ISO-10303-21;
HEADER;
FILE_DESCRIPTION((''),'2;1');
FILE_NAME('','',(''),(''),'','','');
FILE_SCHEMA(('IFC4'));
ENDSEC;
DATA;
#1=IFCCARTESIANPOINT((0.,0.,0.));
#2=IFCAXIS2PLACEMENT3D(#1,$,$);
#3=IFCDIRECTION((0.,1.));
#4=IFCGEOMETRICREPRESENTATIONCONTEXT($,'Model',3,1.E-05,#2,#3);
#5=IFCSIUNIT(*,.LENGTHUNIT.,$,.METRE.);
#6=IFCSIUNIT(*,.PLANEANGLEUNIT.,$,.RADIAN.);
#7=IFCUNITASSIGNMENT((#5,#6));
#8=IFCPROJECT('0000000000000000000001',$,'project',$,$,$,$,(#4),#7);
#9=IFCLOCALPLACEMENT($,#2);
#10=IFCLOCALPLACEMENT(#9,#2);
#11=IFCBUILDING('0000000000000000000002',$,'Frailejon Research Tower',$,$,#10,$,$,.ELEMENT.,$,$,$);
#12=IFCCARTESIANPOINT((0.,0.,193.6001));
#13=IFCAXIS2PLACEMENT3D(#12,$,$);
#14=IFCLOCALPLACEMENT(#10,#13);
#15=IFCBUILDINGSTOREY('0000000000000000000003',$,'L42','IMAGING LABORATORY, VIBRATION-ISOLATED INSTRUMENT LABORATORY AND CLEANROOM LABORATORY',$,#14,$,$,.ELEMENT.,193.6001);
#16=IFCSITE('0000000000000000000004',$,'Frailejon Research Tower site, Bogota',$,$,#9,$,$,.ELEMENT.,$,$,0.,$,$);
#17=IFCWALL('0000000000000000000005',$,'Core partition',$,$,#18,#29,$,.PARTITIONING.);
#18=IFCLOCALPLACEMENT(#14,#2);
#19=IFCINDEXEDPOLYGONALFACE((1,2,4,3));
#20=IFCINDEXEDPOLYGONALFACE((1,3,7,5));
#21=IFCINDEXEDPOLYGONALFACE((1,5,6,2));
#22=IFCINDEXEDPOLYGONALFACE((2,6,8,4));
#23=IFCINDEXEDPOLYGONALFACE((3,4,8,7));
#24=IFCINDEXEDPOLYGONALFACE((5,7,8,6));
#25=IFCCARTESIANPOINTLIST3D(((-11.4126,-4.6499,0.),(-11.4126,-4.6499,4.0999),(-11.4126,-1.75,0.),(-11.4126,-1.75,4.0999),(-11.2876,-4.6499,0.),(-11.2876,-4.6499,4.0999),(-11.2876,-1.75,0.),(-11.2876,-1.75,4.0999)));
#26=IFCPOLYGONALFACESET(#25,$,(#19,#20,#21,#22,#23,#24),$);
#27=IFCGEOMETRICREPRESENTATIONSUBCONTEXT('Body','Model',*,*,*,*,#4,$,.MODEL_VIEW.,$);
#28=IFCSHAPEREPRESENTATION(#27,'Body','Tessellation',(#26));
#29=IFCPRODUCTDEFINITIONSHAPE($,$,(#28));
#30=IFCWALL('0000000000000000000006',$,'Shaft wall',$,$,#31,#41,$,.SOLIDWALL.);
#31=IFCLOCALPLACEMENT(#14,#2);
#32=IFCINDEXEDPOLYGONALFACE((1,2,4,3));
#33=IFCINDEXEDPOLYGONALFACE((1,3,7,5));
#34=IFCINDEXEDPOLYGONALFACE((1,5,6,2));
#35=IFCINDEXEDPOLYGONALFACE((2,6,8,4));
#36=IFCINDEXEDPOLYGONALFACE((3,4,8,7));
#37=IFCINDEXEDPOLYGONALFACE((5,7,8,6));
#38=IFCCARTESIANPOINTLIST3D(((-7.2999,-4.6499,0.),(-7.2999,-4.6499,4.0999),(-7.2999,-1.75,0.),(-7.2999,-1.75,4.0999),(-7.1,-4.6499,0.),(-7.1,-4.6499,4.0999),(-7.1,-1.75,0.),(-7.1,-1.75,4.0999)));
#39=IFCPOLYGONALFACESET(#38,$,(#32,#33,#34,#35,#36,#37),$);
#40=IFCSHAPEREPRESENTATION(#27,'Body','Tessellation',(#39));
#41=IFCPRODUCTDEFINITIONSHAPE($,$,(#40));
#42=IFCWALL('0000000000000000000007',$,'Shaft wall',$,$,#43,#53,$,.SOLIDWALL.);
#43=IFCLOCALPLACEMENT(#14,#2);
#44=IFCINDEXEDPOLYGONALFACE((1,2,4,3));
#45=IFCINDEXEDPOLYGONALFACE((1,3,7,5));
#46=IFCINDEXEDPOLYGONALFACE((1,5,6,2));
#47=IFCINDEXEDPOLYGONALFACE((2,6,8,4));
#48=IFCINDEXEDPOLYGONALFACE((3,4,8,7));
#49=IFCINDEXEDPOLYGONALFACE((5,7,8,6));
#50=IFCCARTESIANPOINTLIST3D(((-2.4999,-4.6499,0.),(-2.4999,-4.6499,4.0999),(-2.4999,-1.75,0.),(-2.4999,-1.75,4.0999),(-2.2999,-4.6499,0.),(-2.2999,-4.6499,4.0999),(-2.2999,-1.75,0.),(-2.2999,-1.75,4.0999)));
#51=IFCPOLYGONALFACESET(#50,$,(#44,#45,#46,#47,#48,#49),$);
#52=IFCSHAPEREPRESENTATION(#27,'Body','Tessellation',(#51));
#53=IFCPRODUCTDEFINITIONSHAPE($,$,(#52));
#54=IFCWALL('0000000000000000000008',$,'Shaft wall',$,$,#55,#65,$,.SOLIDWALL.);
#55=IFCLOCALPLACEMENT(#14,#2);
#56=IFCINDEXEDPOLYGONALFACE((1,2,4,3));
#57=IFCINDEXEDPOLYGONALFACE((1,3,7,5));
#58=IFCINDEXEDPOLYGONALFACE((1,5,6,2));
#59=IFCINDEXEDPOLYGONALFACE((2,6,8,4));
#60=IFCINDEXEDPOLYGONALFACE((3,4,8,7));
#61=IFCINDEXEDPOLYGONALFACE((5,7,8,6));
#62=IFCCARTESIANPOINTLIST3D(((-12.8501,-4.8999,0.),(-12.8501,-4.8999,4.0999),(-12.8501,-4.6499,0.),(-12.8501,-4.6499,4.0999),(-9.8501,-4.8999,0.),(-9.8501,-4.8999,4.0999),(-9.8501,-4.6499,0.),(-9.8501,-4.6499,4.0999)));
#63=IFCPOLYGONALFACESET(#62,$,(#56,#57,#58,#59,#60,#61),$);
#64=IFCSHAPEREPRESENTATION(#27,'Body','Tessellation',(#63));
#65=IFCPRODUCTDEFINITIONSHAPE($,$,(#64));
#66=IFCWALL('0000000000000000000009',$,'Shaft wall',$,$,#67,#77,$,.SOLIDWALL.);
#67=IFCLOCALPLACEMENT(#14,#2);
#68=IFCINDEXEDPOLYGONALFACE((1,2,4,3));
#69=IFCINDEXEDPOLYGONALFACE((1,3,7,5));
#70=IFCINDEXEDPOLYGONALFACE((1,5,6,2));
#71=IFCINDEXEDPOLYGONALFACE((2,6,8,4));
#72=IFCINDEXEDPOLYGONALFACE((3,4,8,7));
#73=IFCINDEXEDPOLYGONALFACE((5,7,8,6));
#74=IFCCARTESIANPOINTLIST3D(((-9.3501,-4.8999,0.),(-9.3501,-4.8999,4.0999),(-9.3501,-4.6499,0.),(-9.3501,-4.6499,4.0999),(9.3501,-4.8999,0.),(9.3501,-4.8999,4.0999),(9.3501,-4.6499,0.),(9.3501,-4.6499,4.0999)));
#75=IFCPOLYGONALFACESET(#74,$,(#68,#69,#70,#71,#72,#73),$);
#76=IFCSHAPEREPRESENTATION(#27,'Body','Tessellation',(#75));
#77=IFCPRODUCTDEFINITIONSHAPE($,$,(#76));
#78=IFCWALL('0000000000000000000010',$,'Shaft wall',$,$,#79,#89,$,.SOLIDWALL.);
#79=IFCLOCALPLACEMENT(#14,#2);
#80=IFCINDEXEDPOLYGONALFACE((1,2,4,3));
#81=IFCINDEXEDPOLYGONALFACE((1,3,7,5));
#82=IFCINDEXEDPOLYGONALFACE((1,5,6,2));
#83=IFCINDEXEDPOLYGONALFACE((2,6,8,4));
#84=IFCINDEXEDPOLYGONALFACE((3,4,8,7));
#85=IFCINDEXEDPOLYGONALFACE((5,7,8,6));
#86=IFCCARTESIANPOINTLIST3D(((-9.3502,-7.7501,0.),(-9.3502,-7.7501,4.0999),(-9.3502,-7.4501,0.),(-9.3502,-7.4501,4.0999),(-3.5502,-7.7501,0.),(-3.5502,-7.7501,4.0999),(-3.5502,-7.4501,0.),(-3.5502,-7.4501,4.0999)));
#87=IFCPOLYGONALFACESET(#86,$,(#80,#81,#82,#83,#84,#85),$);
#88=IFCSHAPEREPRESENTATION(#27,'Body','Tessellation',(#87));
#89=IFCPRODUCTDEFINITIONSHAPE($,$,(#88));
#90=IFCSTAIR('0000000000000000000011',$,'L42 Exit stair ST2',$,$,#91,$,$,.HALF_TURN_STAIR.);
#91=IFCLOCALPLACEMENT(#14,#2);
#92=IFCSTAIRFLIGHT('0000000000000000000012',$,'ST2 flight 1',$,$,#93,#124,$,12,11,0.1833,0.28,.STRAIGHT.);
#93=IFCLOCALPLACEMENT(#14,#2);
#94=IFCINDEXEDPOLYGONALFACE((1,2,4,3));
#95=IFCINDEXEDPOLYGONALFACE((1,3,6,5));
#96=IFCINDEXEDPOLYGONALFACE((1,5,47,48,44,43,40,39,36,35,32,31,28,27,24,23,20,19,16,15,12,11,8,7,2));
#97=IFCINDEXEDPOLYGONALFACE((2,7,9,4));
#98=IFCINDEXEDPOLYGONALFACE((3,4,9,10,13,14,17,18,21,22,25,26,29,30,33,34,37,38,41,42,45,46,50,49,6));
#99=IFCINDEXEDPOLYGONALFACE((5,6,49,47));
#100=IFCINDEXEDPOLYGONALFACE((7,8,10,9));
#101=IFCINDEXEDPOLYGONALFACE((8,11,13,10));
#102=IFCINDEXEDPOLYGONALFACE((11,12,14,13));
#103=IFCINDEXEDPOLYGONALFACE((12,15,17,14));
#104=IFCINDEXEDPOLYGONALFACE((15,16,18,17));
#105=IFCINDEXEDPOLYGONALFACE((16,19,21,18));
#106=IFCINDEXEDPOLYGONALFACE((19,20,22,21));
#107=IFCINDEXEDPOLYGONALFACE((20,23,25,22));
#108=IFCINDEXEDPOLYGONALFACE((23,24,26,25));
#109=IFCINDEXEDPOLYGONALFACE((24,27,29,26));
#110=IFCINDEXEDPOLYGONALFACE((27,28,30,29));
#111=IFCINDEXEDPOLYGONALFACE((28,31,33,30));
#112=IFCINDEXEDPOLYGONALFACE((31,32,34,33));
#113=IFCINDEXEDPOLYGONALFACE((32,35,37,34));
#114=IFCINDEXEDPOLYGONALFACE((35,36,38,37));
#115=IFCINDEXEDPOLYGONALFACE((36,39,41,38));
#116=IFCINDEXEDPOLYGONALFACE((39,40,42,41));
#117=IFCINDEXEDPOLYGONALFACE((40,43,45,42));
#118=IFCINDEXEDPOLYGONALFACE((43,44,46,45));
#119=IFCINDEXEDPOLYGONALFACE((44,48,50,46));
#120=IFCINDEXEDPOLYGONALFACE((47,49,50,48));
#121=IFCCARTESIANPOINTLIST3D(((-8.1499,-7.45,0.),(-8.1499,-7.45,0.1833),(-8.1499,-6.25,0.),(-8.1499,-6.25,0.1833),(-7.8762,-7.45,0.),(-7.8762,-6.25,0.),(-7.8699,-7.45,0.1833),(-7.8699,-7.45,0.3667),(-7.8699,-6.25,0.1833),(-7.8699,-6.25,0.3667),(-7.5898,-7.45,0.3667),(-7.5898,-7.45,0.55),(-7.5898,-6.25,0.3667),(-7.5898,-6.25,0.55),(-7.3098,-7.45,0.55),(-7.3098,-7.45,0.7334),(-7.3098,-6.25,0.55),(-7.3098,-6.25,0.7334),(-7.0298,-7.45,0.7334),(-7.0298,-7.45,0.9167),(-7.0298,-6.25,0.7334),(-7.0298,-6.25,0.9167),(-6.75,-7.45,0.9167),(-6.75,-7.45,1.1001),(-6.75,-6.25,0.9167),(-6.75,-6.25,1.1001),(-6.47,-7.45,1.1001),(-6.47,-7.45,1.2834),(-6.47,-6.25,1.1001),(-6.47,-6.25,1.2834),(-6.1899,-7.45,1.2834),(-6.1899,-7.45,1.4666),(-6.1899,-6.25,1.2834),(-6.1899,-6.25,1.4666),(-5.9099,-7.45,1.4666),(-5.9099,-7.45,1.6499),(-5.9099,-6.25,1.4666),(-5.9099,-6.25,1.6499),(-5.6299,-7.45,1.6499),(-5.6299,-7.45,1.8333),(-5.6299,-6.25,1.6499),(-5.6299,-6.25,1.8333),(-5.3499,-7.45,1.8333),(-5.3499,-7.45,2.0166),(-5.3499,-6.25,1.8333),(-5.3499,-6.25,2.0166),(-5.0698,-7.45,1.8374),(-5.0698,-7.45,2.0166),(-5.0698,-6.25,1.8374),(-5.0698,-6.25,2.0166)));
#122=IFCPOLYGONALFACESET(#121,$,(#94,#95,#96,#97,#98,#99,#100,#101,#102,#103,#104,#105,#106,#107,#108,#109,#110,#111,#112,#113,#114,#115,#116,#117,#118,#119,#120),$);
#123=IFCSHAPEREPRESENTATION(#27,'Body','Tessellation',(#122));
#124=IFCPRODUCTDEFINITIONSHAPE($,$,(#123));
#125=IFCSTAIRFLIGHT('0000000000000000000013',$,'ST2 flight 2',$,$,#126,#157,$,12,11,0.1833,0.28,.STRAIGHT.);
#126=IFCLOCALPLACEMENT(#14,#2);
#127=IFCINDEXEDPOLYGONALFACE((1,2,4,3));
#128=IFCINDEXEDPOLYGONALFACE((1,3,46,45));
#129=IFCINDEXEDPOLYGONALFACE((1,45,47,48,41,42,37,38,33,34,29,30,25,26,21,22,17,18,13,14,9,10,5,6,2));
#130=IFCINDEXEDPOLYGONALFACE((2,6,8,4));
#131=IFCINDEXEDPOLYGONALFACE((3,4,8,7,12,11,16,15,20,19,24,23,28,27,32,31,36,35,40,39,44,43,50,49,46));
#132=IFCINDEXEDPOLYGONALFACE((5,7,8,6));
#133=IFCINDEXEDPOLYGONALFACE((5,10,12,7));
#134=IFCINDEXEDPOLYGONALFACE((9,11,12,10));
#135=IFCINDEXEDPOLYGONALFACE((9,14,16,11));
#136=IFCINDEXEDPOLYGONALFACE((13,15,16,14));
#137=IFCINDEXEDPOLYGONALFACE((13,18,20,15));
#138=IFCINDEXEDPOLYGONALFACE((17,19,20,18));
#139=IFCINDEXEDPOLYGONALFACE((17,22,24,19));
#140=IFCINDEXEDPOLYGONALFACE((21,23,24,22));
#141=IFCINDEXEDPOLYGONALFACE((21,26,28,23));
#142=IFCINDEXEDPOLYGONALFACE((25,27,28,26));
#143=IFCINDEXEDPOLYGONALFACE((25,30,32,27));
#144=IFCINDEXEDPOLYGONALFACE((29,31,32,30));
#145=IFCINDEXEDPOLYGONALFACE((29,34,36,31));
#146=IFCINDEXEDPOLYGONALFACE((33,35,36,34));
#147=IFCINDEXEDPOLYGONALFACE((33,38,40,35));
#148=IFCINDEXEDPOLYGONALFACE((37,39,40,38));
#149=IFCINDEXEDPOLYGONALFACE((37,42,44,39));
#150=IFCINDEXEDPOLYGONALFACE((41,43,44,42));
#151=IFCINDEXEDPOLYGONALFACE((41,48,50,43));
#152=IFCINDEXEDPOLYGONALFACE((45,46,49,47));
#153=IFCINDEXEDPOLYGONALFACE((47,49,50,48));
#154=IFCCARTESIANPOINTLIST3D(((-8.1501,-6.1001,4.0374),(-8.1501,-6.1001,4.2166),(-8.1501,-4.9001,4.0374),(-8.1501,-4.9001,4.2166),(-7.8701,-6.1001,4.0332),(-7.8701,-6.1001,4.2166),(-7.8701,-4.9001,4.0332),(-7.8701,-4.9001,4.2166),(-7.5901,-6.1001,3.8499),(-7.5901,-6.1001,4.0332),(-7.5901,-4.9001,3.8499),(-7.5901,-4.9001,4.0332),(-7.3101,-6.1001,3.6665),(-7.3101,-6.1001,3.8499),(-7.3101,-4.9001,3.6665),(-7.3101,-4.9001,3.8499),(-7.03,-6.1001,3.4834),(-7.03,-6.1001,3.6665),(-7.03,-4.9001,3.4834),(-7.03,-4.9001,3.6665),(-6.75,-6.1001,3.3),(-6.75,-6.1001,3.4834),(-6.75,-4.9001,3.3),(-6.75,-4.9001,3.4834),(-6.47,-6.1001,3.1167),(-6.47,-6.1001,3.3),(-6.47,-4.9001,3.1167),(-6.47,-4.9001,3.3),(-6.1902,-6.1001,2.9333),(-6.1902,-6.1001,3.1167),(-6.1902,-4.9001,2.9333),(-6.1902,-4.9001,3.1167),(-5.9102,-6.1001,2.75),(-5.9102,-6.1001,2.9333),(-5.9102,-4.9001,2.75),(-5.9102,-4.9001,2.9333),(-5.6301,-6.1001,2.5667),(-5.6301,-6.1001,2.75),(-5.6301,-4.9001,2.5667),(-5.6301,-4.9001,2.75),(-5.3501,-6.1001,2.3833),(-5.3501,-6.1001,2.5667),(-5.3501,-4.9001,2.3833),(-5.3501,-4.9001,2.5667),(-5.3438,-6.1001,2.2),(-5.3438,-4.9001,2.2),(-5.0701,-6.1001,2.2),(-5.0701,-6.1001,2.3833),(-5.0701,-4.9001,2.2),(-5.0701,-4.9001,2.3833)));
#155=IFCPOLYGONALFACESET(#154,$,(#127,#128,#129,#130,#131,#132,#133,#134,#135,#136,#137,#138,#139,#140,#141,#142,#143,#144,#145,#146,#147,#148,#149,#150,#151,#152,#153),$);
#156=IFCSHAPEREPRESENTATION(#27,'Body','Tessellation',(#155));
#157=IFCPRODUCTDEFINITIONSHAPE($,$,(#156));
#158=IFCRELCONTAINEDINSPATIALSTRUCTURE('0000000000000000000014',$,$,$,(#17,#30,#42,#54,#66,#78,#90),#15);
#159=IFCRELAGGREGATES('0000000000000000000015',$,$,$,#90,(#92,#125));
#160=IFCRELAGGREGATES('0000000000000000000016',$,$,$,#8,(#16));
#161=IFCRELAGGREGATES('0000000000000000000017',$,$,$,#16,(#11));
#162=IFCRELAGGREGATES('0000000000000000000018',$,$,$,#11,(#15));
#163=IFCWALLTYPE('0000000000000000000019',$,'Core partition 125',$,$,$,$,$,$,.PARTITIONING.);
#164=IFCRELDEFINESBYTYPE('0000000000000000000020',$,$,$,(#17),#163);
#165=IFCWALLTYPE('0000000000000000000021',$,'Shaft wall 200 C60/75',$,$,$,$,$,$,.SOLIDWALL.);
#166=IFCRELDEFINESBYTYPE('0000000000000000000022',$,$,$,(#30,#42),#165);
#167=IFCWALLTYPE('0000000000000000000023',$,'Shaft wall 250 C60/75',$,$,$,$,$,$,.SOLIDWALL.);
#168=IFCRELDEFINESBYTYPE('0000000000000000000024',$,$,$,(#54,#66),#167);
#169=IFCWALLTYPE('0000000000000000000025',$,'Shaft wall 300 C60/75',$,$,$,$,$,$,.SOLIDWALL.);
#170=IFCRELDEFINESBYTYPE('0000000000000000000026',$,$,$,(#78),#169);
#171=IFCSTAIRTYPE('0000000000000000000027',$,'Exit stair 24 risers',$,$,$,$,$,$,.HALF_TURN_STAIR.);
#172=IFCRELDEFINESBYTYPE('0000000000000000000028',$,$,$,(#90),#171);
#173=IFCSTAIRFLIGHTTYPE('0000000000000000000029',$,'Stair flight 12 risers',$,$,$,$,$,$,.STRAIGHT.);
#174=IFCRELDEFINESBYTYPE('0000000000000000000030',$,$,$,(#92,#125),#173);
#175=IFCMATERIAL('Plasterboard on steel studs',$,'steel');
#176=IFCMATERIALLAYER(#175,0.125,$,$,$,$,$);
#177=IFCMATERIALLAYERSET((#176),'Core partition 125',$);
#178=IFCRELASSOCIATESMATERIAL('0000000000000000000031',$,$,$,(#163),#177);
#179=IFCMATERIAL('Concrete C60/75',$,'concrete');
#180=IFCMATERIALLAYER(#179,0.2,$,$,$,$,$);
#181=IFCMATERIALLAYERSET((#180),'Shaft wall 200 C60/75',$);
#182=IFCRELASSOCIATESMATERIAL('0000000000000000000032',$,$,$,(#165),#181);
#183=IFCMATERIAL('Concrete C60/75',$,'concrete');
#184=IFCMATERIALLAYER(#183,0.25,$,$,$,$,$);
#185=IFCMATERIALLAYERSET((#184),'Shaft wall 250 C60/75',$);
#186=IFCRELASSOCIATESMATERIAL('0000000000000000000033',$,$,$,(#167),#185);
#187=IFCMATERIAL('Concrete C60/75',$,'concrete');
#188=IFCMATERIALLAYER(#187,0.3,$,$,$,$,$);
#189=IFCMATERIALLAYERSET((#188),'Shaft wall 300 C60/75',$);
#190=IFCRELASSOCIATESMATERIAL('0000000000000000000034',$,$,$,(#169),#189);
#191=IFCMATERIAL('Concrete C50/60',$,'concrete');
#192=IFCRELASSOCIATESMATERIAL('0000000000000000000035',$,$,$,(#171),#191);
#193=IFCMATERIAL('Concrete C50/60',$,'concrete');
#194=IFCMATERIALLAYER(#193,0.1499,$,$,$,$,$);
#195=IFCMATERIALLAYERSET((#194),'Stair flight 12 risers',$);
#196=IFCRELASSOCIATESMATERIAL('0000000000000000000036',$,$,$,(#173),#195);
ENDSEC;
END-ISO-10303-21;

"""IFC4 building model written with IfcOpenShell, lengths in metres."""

from ifc_helpers import new_model, si_unit, direction, frame, frame_2d, origin, place, context, subcontext, project, spatial, polyline, rectangle, outline, extrude, material, layer, layer_set, type_object, element, aggregate, save


model = new_model("IFC4")

# Units and contexts
model_context = context("Model", 3, precision=1e-05, world=origin(), true_north=direction((0.0, 1.0)))
body_context = subcontext(model_context, "Body", "Model", "MODEL_VIEW")
ifc_project = project(units=[si_unit("LENGTHUNIT", "METRE"), si_unit("PLANEANGLEUNIT", "RADIAN")], contexts=[model_context])

# Site, building, storey
site_placement = place(None, origin())
site = spatial("IfcSite", under=ifc_project, at=site_placement, Name="Frailejon Research Tower site, Bogota", CompositionType="ELEMENT", RefElevation=0.0)
building_placement = place(site_placement, origin())
building = spatial("IfcBuilding", under=site, at=building_placement, Name="Frailejon Research Tower", CompositionType="ELEMENT")
storey_placement = place(building_placement, frame((0.0, 0.0, 193.6001)))
storey = spatial("IfcBuildingStorey", under=building, at=storey_placement, Name="L42", Description="IMAGING LABORATORY, VIBRATION-ISOLATED INSTRUMENT LABORATORY AND CLEANROOM LABORATORY", CompositionType="ELEMENT", Elevation=193.6001)

# Walls
ifc_material_1 = material(Name="Plasterboard on steel studs", Category="steel")
ifc_layer_1 = layer(ifc_material_1, 0.125)
ifc_layer_set_1 = layer_set([ifc_layer_1], Name="Core partition 125")
wall_type_1 = type_object("IfcWallType", Name="Core partition 125", PredefinedType="PARTITIONING", material=ifc_layer_set_1)
wall_1_placement = place(storey_placement, frame((-11.3501, -4.6499, 0.0), z_axis=(0.0, 0.0, 1.0), x_axis=(0.0, 1.0, 0.0)))
element("IfcWall", 1, at=wall_1_placement, inside=storey, type_object=wall_type_1, Name="Core partition", PredefinedType="PARTITIONING", context=body_context, shape_type="SweptSolid", body=[
    extrude(rectangle(XDim=2.8999, YDim=0.125, at=frame_2d((1.45, 0.0))), origin(), (0.0, 0.0, 1.0), 4.0999),
])
ifc_material_2 = material(Name="Concrete C60/75", Category="concrete")
ifc_layer_2 = layer(ifc_material_2, 0.2)
ifc_layer_set_2 = layer_set([ifc_layer_2], Name="Shaft wall 200 C60/75")
wall_type_2 = type_object("IfcWallType", Name="Shaft wall 200 C60/75", PredefinedType="SOLIDWALL", material=ifc_layer_set_2)
for number, where, z_axis, x_axis, name in (
    (2, (-7.2, -4.6499, 0.0), (0.0, 0.0, 1.0), (0.0, 1.0, 0.0), "Shaft wall"),
    (3, (-2.3999, -4.6499, 0.0), (0.0, 0.0, 1.0), (0.0, 1.0, 0.0), "Shaft wall"),
):
    element("IfcWall", number, at=place(storey_placement, frame(where, z_axis=z_axis, x_axis=x_axis)), inside=storey, type_object=wall_type_2, Name=name, PredefinedType="SOLIDWALL", context=body_context, shape_type="SweptSolid", body=[
        extrude(rectangle(XDim=2.8999, YDim=0.2, at=frame_2d((1.45, 0.0))), origin(), (0.0, 0.0, 1.0), 4.0999),
    ])
ifc_material_3 = material(Name="Concrete C60/75", Category="concrete")
ifc_layer_3 = layer(ifc_material_3, 0.25)
ifc_layer_set_3 = layer_set([ifc_layer_3], Name="Shaft wall 250 C60/75")
wall_type_3 = type_object("IfcWallType", Name="Shaft wall 250 C60/75", PredefinedType="SOLIDWALL", material=ifc_layer_set_3)
wall_2_placement = place(storey_placement, frame((-12.8501, -4.7749, 0.0), z_axis=(0.0, 0.0, 1.0), x_axis=(1.0, 0.0, 0.0)))
element("IfcWall", 4, at=wall_2_placement, inside=storey, type_object=wall_type_3, Name="Shaft wall", PredefinedType="SOLIDWALL", context=body_context, shape_type="SweptSolid", body=[
    extrude(rectangle(XDim=3.0, YDim=0.25, at=frame_2d((1.5, 0.0))), origin(), (0.0, 0.0, 1.0), 4.0999),
])
wall_3_placement = place(storey_placement, frame((-9.3501, -4.7749, 0.0), z_axis=(0.0, 0.0, 1.0), x_axis=(1.0, 0.0, 0.0)))
element("IfcWall", 5, at=wall_3_placement, inside=storey, type_object=wall_type_3, Name="Shaft wall", PredefinedType="SOLIDWALL", context=body_context, shape_type="SweptSolid", body=[
    extrude(rectangle(XDim=18.7002, YDim=0.25, at=frame_2d((9.3501, 0.0))), origin(), (0.0, 0.0, 1.0), 4.0999),
])
ifc_material_4 = material(Name="Concrete C60/75", Category="concrete")
ifc_layer_4 = layer(ifc_material_4, 0.3)
ifc_layer_set_4 = layer_set([ifc_layer_4], Name="Shaft wall 300 C60/75")
wall_type_4 = type_object("IfcWallType", Name="Shaft wall 300 C60/75", PredefinedType="SOLIDWALL", material=ifc_layer_set_4)
wall_4_placement = place(storey_placement, frame((-9.3501, -7.6001, 0.0), z_axis=(0.0, 0.0, 1.0), x_axis=(1.0, 0.0, 0.0)))
element("IfcWall", 6, at=wall_4_placement, inside=storey, type_object=wall_type_4, Name="Shaft wall", PredefinedType="SOLIDWALL", context=body_context, shape_type="SweptSolid", body=[
    extrude(rectangle(XDim=5.8, YDim=0.3, at=frame_2d((2.8999, 0.0))), origin(), (0.0, 0.0, 1.0), 4.0999),
])

# Stair, stair flights
ifc_material_5 = material(Name="Concrete C50/60", Category="concrete")
stair_type = type_object("IfcStairType", Name="Exit stair 24 risers", PredefinedType="HALF_TURN_STAIR", material=ifc_material_5)
stair_placement = place(storey_placement, origin())
stair = element("IfcStair", 7, at=stair_placement, inside=storey, type_object=stair_type, Name="L42 Exit stair ST2", PredefinedType="HALF_TURN_STAIR")
ifc_material_6 = material(Name="Concrete C50/60", Category="concrete")
ifc_layer_5 = layer(ifc_material_6, 0.1499)
ifc_layer_set_5 = layer_set([ifc_layer_5], Name="Stair flight 12 risers")
stair_flight_type = type_object("IfcStairFlightType", Name="Stair flight 12 risers", PredefinedType="STRAIGHT", material=ifc_layer_set_5)
stair_flight_1_placement = place(storey_placement, frame((-8.1499, -6.8501, 0.0), z_axis=(0.0, 0.0, 1.0), x_axis=(1.0, 0.0, 0.0)))
stair_flight_1 = element("IfcStairFlight", 8, at=stair_flight_1_placement, type_object=stair_flight_type, Name="ST2 flight 1", NumberOfRisers=12, NumberOfTreads=11, PredefinedType="STRAIGHT", RiserHeight=0.1833, TreadLength=0.28, context=body_context, shape_type="SweptSolid", body=[
    extrude(outline(polyline([(0.0, 0.0), (0.0, 0.1833), (0.28, 0.1833), (0.28, 0.3667), (0.5601, 0.3667), (0.5601, 0.55), (0.8401, 0.55), (0.8401, 0.7334), (1.1201, 0.7334), (1.1201, 0.9167), (1.3999, 0.9167), (1.3999, 1.1001), (1.6799, 1.1001), (1.6799, 1.2834), (1.96, 1.2834), (1.96, 1.4666), (2.24, 1.4666), (2.24, 1.6499), (2.52, 1.6499), (2.52, 1.8333), (2.8, 1.8333), (2.8, 2.0166), (3.0801, 2.0166), (3.0801, 2.2), (3.0801, 1.8374), (0.2737, 0.0), (0.0, 0.0)])), frame((0.0, 0.6001, 0.0), z_axis=(0.0, -1.0, 0.0), x_axis=(1.0, 0.0, 0.0)), (0.0, 0.0, 1.0), 1.2),
])
stair_flight_2_placement = place(storey_placement, frame((-5.0701, -5.5, 2.2), z_axis=(0.0, 0.0, 1.0), x_axis=(-1.0, 0.0, 0.0)))
stair_flight_2 = element("IfcStairFlight", 9, at=stair_flight_2_placement, type_object=stair_flight_type, Name="ST2 flight 2", NumberOfRisers=12, NumberOfTreads=11, PredefinedType="STRAIGHT", RiserHeight=0.1833, TreadLength=0.28, context=body_context, shape_type="SweptSolid", body=[
    extrude(outline(polyline([(0.0, 0.0), (0.0, 0.1833), (0.28, 0.1833), (0.28, 0.3667), (0.5601, 0.3667), (0.5601, 0.55), (0.8401, 0.55), (0.8401, 0.7334), (1.1201, 0.7334), (1.1201, 0.9167), (1.3999, 0.9167), (1.3999, 1.1001), (1.6799, 1.1001), (1.6799, 1.2834), (1.96, 1.2834), (1.96, 1.4666), (2.24, 1.4666), (2.24, 1.6499), (2.52, 1.6499), (2.52, 1.8333), (2.8, 1.8333), (2.8, 2.0166), (3.0801, 2.0166), (3.0801, 2.2), (3.0801, 1.8374), (0.2737, 0.0), (0.0, 0.0)])), frame((0.0, 0.6001, 0.0), z_axis=(0.0, -1.0, 0.0), x_axis=(1.0, 0.0, 0.0)), (0.0, 0.0, 1.0), 1.2),
])
aggregate(stair, [stair_flight_1, stair_flight_2])

save(model, "model.ifc")
